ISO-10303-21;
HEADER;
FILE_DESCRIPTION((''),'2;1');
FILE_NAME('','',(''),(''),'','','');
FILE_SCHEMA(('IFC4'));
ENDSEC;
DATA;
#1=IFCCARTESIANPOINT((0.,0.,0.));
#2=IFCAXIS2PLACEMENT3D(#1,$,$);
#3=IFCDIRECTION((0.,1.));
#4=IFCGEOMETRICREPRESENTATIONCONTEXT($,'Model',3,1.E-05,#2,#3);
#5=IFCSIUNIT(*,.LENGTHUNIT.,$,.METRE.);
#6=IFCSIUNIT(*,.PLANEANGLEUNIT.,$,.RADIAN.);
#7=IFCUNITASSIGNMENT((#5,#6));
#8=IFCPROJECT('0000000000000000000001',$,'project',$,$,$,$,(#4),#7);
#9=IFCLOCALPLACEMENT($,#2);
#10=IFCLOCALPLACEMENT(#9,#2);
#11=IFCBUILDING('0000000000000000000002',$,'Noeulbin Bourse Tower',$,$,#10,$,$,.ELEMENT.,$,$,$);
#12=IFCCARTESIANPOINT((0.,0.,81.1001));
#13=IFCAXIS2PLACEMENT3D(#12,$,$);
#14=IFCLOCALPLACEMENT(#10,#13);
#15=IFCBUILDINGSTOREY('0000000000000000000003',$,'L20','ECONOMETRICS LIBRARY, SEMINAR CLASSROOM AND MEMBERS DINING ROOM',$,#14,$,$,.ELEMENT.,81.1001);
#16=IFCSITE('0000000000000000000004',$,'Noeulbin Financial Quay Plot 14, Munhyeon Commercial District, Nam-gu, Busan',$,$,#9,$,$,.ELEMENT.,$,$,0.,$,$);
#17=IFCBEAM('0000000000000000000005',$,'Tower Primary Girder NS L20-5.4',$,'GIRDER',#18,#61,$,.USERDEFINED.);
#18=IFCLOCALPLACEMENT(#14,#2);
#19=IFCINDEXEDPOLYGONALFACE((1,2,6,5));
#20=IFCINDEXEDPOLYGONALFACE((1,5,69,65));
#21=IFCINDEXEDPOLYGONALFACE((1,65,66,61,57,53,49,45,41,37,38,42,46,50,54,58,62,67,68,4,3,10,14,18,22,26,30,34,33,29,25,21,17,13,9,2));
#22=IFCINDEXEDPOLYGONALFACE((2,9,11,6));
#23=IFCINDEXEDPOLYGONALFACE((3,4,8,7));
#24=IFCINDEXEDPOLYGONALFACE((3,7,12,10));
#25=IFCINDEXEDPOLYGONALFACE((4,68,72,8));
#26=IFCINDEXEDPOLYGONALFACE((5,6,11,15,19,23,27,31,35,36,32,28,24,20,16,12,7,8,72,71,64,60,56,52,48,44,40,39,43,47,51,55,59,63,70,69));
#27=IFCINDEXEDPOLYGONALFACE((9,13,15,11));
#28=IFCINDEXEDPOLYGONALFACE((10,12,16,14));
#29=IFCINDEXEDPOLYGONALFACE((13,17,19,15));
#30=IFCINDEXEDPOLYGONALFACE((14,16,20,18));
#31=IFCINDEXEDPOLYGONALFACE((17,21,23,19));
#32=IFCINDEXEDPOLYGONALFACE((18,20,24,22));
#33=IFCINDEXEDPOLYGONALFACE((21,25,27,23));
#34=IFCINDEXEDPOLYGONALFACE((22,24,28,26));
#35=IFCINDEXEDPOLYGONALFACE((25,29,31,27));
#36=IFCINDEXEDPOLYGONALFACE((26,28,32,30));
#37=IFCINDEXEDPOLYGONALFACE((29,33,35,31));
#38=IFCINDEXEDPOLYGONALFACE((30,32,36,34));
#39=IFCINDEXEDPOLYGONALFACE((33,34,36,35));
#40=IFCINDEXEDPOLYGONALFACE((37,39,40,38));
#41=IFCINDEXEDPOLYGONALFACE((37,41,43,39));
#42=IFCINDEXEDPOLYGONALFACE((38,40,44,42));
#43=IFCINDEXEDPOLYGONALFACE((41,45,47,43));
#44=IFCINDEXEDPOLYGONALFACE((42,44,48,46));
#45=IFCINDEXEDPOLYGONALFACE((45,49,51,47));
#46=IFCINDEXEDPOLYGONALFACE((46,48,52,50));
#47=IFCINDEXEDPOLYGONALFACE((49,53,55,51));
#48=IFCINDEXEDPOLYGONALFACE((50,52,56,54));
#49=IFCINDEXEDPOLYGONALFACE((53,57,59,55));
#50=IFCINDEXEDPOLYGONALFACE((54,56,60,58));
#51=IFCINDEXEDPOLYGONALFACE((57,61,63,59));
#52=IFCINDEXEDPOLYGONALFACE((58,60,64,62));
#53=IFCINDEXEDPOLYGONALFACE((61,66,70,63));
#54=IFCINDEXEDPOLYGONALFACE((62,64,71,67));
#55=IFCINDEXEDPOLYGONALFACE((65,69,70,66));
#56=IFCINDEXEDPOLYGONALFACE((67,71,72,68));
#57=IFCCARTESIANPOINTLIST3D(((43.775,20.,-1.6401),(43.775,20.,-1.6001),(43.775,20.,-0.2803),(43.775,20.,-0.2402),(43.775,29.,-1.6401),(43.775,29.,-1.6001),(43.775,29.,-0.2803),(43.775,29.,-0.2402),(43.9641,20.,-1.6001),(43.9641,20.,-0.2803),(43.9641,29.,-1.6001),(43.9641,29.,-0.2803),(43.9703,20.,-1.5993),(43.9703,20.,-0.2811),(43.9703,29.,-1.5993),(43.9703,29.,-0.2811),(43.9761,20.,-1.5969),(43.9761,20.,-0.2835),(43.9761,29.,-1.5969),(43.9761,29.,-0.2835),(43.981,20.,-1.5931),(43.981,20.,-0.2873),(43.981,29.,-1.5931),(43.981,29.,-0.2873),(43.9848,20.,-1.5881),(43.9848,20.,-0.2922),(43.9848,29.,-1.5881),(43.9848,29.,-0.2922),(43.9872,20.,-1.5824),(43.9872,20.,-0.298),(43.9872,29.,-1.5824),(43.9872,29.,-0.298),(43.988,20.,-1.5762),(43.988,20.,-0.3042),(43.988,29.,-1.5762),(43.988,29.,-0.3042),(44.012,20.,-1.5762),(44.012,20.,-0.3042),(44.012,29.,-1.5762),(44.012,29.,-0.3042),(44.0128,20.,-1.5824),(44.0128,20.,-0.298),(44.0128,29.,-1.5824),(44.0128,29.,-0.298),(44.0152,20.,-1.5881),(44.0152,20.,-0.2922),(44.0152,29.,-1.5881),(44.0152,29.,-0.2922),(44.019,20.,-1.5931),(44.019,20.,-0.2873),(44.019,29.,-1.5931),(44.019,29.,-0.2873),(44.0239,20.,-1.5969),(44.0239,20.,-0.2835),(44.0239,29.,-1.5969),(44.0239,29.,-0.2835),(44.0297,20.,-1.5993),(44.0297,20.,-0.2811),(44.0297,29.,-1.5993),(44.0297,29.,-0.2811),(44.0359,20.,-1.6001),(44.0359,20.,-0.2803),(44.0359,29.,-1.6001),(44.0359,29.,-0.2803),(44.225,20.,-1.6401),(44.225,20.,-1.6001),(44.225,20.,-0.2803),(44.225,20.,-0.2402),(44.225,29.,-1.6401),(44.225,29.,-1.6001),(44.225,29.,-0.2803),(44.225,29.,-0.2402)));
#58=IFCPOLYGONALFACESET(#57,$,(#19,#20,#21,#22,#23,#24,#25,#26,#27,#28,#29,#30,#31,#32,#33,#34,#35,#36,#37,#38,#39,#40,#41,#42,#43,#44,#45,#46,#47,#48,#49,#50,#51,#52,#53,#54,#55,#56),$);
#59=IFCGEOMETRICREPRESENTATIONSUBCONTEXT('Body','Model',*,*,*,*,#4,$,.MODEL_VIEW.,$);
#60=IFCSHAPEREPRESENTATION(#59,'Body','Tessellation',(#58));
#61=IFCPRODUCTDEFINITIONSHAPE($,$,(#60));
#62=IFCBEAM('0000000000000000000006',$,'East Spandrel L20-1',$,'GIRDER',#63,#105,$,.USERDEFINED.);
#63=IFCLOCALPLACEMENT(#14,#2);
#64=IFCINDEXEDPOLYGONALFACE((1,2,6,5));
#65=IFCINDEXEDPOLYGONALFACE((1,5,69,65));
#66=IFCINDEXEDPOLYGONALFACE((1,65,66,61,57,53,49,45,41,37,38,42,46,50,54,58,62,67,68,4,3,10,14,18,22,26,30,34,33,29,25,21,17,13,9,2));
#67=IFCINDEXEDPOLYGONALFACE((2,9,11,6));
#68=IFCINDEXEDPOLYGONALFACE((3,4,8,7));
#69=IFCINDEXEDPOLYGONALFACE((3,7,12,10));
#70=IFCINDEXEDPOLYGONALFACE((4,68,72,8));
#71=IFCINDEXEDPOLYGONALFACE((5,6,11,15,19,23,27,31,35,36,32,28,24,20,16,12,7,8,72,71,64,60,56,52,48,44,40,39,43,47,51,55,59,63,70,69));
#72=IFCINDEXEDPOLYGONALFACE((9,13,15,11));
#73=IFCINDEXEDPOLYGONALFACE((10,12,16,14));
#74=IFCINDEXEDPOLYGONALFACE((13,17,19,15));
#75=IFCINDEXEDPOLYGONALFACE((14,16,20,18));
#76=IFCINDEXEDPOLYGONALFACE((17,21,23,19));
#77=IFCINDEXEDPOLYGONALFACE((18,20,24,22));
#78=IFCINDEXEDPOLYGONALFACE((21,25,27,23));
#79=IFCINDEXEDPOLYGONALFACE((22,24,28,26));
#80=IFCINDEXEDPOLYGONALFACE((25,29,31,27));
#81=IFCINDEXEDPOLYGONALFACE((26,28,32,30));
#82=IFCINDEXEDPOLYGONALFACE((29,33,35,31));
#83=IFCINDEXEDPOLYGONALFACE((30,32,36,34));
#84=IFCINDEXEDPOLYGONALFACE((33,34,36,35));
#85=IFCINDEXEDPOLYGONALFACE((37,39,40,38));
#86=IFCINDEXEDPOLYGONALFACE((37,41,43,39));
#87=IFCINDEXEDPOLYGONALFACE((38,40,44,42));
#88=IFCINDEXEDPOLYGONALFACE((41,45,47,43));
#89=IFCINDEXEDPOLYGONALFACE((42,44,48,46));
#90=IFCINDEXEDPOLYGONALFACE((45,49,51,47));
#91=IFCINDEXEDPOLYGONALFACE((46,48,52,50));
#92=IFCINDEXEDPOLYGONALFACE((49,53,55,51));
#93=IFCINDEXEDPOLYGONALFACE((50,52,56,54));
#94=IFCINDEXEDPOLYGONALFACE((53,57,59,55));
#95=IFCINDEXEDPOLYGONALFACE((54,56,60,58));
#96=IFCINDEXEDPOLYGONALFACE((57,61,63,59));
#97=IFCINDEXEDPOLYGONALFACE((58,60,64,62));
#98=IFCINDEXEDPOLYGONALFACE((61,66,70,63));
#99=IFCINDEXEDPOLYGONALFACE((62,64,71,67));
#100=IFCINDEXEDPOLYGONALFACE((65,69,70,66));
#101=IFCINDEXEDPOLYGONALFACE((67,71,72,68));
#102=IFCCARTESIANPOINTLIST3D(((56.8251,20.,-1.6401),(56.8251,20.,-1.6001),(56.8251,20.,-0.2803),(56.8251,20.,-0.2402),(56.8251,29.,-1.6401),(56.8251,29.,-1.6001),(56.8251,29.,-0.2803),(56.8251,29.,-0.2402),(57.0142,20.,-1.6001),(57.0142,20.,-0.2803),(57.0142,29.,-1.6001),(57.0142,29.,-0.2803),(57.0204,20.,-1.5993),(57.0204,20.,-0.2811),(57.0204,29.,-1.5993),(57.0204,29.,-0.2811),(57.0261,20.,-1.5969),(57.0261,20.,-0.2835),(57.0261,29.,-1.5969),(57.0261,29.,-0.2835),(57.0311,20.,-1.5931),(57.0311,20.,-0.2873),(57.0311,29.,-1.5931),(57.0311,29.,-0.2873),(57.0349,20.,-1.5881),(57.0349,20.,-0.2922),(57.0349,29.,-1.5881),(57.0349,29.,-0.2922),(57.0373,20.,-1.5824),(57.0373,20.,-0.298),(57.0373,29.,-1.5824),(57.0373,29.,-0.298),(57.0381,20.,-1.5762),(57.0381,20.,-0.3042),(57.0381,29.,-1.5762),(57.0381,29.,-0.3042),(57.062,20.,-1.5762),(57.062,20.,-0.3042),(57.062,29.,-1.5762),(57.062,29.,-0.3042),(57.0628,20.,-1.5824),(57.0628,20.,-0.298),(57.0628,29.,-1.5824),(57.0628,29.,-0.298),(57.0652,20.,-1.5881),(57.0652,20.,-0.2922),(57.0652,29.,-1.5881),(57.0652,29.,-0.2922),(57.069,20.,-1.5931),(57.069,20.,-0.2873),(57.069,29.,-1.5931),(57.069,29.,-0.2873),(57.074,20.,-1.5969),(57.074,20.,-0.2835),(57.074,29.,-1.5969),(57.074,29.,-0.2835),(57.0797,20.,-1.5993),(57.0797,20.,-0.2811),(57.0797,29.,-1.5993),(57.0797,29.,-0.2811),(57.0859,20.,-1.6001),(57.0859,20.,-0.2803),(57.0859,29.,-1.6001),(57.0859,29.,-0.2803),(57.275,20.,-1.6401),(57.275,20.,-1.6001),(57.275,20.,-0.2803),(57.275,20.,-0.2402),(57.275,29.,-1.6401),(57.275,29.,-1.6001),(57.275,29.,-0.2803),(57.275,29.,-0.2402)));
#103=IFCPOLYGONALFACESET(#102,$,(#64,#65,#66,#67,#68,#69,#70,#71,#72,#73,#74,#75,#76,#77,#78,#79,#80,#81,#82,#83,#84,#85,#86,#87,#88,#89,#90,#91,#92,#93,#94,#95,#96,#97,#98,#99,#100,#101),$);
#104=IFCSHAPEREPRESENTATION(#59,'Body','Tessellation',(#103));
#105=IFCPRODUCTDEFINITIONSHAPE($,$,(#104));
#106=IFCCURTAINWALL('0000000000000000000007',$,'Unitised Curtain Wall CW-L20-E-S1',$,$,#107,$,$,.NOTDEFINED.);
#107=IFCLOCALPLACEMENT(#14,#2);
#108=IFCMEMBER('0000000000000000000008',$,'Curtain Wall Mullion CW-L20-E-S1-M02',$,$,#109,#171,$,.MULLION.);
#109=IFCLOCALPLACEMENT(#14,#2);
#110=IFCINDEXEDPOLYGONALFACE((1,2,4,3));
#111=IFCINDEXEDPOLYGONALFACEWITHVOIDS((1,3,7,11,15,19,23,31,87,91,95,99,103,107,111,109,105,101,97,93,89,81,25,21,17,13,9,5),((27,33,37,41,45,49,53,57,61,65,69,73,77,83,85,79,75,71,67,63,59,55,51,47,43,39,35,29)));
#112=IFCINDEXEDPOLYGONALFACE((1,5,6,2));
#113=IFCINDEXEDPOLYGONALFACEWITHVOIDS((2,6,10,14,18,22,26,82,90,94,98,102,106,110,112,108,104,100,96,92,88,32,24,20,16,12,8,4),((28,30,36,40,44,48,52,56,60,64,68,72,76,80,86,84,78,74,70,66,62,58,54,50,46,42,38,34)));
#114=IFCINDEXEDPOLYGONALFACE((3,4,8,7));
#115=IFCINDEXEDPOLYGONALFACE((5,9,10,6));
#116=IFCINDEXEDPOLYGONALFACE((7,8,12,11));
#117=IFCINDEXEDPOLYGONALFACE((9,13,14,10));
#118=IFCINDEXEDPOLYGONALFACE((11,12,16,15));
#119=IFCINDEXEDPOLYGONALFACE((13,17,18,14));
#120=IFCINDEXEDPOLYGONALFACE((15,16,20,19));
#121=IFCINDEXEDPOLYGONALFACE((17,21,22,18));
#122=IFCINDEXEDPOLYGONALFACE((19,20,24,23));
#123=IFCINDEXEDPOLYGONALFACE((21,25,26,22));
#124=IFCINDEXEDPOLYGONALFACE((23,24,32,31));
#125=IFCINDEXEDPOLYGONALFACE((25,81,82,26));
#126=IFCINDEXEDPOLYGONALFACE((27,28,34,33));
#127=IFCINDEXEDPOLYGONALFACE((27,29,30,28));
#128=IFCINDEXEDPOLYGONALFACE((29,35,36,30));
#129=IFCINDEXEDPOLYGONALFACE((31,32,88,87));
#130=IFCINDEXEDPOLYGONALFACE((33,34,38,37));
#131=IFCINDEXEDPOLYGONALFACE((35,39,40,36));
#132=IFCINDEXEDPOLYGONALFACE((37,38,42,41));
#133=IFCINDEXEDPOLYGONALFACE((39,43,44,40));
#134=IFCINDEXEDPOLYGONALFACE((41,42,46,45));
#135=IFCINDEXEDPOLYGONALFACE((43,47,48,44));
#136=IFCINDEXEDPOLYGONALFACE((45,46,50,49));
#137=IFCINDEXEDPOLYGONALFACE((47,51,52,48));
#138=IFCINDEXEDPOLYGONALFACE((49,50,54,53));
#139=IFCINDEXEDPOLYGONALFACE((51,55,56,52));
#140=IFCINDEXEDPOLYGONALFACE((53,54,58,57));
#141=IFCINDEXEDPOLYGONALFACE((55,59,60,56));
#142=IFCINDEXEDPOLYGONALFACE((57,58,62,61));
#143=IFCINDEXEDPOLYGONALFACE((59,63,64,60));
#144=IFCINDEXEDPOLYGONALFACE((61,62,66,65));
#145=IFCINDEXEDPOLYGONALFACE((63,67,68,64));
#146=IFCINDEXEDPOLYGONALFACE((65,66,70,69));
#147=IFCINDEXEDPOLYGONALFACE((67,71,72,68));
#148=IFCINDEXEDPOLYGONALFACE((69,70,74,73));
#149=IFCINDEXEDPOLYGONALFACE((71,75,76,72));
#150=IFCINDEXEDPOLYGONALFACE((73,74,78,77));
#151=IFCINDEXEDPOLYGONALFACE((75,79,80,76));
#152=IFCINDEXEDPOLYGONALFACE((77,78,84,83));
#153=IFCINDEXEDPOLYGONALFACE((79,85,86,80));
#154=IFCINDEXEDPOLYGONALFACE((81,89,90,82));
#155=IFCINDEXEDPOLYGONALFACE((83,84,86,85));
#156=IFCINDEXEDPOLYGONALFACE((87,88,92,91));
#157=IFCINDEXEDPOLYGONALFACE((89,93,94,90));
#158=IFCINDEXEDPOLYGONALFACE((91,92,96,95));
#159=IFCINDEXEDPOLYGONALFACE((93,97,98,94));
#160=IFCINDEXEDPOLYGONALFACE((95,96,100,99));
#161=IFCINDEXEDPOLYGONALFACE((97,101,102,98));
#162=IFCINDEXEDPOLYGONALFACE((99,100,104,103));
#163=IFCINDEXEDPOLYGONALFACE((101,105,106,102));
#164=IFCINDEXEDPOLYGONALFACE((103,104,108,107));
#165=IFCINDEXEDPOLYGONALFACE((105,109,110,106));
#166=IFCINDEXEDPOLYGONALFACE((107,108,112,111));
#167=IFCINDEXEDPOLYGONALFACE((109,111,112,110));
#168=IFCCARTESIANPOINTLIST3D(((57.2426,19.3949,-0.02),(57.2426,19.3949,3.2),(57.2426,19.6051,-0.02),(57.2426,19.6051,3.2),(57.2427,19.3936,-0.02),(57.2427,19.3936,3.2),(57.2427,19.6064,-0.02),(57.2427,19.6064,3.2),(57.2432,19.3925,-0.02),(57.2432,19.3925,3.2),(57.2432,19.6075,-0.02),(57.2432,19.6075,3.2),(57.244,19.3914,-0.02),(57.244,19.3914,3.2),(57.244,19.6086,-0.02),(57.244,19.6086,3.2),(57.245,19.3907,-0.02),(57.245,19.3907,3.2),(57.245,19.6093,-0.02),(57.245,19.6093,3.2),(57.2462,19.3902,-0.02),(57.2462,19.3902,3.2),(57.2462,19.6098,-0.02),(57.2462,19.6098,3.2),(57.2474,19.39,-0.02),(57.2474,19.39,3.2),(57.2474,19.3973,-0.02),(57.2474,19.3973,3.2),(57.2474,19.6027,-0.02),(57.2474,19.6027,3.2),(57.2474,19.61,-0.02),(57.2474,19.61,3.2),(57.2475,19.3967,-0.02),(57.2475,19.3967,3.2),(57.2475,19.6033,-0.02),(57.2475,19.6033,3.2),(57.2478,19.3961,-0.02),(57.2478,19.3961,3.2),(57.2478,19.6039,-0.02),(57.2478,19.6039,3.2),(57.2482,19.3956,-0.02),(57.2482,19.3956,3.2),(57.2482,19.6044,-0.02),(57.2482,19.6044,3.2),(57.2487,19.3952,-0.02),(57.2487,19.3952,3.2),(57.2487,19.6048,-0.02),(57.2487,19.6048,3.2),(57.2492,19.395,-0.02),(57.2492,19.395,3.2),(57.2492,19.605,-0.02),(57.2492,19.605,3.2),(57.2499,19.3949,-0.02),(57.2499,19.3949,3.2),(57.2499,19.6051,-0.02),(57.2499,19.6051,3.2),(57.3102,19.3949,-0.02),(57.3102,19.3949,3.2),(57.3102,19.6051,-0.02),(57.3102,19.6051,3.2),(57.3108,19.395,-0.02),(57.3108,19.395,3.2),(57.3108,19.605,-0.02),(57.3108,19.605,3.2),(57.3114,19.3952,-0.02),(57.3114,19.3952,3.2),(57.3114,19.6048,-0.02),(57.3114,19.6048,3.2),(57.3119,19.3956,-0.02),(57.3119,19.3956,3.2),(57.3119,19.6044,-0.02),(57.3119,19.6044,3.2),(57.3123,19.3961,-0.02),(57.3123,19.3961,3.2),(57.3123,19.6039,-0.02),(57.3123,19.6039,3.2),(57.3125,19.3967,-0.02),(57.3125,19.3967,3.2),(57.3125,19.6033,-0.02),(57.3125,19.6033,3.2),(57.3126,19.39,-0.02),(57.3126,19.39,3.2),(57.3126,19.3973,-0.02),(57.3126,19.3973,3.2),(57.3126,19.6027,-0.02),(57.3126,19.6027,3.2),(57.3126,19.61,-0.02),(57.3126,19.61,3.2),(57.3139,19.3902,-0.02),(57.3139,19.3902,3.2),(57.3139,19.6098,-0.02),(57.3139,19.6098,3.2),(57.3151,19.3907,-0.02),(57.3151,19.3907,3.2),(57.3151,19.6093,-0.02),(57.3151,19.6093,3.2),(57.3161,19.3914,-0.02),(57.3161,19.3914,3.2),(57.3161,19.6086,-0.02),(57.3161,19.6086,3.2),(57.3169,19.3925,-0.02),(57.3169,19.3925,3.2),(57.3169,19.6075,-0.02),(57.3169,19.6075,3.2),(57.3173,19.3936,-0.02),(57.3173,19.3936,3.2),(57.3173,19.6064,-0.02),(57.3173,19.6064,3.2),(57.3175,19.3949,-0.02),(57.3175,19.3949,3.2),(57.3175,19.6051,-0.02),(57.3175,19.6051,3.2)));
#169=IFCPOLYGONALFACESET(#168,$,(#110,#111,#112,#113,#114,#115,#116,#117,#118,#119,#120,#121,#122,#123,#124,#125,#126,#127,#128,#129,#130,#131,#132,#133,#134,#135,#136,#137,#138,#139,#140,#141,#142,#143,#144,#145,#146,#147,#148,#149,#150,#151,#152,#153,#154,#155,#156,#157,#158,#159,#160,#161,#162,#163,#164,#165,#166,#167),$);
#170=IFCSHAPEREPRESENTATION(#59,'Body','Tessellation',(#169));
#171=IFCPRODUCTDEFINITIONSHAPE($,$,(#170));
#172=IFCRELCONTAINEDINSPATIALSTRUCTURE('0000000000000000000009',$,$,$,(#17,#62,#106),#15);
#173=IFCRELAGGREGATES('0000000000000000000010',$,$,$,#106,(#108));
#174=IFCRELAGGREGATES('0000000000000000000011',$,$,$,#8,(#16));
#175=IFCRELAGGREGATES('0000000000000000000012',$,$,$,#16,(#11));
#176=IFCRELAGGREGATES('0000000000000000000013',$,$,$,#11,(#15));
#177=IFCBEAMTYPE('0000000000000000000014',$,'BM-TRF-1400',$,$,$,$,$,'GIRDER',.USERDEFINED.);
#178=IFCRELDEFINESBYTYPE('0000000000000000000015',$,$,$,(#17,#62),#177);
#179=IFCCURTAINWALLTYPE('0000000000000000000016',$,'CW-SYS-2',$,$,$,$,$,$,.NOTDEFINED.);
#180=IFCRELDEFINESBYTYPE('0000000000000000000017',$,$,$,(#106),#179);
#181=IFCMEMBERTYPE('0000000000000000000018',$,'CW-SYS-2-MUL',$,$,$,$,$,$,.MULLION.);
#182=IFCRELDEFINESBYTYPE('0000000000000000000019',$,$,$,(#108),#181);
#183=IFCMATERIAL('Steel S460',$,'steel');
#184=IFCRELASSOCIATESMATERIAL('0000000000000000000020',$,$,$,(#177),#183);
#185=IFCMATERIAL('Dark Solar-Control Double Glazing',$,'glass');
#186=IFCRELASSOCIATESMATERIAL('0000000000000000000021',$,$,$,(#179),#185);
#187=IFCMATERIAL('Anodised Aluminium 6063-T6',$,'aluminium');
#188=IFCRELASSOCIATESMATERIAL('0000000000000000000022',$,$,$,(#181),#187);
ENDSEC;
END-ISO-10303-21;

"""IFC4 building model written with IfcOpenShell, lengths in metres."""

from ifc_helpers import new_model, si_unit, direction, frame, origin, origin_2d, place, context, subcontext, project, spatial, hollow_rectangle, i_section, extrude, material, material_profile, profile_set, type_object, element, aggregate, save


model = new_model("IFC4")

# Units and contexts
model_context = context("Model", 3, precision=1e-05, world=origin(), true_north=direction((0.0, 1.0)))
body_context = subcontext(model_context, "Body", "Model", "MODEL_VIEW")
ifc_project = project(units=[si_unit("LENGTHUNIT", "METRE"), si_unit("PLANEANGLEUNIT", "RADIAN")], contexts=[model_context])

# Site, building, storey
site_placement = place(None, origin())
site = spatial("IfcSite", under=ifc_project, at=site_placement, Name="Noeulbin Financial Quay Plot 14, Munhyeon Commercial District, Nam-gu, Busan", CompositionType="ELEMENT", RefElevation=0.0)
building_placement = place(site_placement, origin())
building = spatial("IfcBuilding", under=site, at=building_placement, Name="Noeulbin Bourse Tower", CompositionType="ELEMENT")
storey_placement = place(building_placement, frame((0.0, 0.0, 81.1001)))
storey = spatial("IfcBuildingStorey", under=building, at=storey_placement, Name="L20", Description="ECONOMETRICS LIBRARY, SEMINAR CLASSROOM AND MEMBERS DINING ROOM", CompositionType="ELEMENT", Elevation=81.1001)

# Shared definitions
ifc_material_1 = material(Name="Steel S460", Category="steel")

# Beams
ifc_material_profile_1 = material_profile(ifc_material_1, i_section(OverallWidth=0.45, OverallDepth=1.3999, WebThickness=0.0239, FlangeThickness=0.04, FilletRadius=0.0239, at=origin_2d()), Name="PG-1400x450x24x40", Category="LoadBearing")
ifc_profile_set_1 = profile_set([ifc_material_profile_1], Name="Steel S460")
beam_type_1 = type_object("IfcBeamType", Name="BM-TRF-1400", ElementType="GIRDER", PredefinedType="USERDEFINED", material=ifc_profile_set_1)
for number, where, z_axis, x_axis, name in (
    (1, (44.0, 20.0, -0.9402), (0.0, 1.0, 0.0), (-1.0, 0.0, 0.0), "Tower Primary Girder NS L20-5.4"),
    (2, (57.05, 20.0, -0.9402), (0.0, 1.0, 0.0), (-1.0, 0.0, 0.0), "East Spandrel L20-1"),
):
    element("IfcBeam", number, at=place(storey_placement, frame(where, z_axis=z_axis, x_axis=x_axis)), inside=storey, type_object=beam_type_1, Name=name, ObjectType="GIRDER", PredefinedType="USERDEFINED", context=body_context, shape_type="SweptSolid", body=[
        extrude(i_section(OverallWidth=0.45, OverallDepth=1.3999, WebThickness=0.0239, FlangeThickness=0.04, FilletRadius=0.0239, at=origin_2d()), origin(), (0.0, 0.0, 1.0), 9.0),
    ])

# Curtain wall, member
ifc_material_2 = material(Name="Dark Solar-Control Double Glazing", Category="glass")
curtain_wall_type = type_object("IfcCurtainWallType", Name="CW-SYS-2", PredefinedType="NOTDEFINED", material=ifc_material_2)
curtain_wall_1_placement = place(storey_placement, origin())
curtain_wall_1 = element("IfcCurtainWall", 3, at=curtain_wall_1_placement, inside=storey, type_object=curtain_wall_type, Name="Unitised Curtain Wall CW-L20-E-S1", PredefinedType="NOTDEFINED")
ifc_material_3 = material(Name="Anodised Aluminium 6063-T6", Category="aluminium")
ifc_material_profile_2 = material_profile(ifc_material_3, hollow_rectangle(XDim=0.075, YDim=0.22, WallThickness=0.0049, InnerFilletRadius=0.0024, OuterFilletRadius=0.0049, at=origin_2d()), Name="ALU-MULL-75x220x5", Category="LoadBearing")
ifc_profile_set_2 = profile_set([ifc_material_profile_2], Name="Anodised Aluminium 6063-T6")
member_type_1 = type_object("IfcMemberType", Name="CW-SYS-2-MUL", PredefinedType="MULLION", material=ifc_profile_set_2)
member_1_placement = place(storey_placement, frame((57.28, 19.5, -0.02), z_axis=(0.0, 0.0, 1.0), x_axis=(1.0, 0.0, 0.0)))
member_1 = element("IfcMember", 4, at=member_1_placement, type_object=member_type_1, Name="Curtain Wall Mullion CW-L20-E-S1-M02", PredefinedType="MULLION", context=body_context, shape_type="SweptSolid", body=[
    extrude(hollow_rectangle(XDim=0.075, YDim=0.22, WallThickness=0.0049, InnerFilletRadius=0.0024, OuterFilletRadius=0.0049, at=origin_2d()), origin(), (0.0, 0.0, 1.0), 3.22),
])

aggregate(curtain_wall_1, [member_1])

save(model, "model.ifc")
